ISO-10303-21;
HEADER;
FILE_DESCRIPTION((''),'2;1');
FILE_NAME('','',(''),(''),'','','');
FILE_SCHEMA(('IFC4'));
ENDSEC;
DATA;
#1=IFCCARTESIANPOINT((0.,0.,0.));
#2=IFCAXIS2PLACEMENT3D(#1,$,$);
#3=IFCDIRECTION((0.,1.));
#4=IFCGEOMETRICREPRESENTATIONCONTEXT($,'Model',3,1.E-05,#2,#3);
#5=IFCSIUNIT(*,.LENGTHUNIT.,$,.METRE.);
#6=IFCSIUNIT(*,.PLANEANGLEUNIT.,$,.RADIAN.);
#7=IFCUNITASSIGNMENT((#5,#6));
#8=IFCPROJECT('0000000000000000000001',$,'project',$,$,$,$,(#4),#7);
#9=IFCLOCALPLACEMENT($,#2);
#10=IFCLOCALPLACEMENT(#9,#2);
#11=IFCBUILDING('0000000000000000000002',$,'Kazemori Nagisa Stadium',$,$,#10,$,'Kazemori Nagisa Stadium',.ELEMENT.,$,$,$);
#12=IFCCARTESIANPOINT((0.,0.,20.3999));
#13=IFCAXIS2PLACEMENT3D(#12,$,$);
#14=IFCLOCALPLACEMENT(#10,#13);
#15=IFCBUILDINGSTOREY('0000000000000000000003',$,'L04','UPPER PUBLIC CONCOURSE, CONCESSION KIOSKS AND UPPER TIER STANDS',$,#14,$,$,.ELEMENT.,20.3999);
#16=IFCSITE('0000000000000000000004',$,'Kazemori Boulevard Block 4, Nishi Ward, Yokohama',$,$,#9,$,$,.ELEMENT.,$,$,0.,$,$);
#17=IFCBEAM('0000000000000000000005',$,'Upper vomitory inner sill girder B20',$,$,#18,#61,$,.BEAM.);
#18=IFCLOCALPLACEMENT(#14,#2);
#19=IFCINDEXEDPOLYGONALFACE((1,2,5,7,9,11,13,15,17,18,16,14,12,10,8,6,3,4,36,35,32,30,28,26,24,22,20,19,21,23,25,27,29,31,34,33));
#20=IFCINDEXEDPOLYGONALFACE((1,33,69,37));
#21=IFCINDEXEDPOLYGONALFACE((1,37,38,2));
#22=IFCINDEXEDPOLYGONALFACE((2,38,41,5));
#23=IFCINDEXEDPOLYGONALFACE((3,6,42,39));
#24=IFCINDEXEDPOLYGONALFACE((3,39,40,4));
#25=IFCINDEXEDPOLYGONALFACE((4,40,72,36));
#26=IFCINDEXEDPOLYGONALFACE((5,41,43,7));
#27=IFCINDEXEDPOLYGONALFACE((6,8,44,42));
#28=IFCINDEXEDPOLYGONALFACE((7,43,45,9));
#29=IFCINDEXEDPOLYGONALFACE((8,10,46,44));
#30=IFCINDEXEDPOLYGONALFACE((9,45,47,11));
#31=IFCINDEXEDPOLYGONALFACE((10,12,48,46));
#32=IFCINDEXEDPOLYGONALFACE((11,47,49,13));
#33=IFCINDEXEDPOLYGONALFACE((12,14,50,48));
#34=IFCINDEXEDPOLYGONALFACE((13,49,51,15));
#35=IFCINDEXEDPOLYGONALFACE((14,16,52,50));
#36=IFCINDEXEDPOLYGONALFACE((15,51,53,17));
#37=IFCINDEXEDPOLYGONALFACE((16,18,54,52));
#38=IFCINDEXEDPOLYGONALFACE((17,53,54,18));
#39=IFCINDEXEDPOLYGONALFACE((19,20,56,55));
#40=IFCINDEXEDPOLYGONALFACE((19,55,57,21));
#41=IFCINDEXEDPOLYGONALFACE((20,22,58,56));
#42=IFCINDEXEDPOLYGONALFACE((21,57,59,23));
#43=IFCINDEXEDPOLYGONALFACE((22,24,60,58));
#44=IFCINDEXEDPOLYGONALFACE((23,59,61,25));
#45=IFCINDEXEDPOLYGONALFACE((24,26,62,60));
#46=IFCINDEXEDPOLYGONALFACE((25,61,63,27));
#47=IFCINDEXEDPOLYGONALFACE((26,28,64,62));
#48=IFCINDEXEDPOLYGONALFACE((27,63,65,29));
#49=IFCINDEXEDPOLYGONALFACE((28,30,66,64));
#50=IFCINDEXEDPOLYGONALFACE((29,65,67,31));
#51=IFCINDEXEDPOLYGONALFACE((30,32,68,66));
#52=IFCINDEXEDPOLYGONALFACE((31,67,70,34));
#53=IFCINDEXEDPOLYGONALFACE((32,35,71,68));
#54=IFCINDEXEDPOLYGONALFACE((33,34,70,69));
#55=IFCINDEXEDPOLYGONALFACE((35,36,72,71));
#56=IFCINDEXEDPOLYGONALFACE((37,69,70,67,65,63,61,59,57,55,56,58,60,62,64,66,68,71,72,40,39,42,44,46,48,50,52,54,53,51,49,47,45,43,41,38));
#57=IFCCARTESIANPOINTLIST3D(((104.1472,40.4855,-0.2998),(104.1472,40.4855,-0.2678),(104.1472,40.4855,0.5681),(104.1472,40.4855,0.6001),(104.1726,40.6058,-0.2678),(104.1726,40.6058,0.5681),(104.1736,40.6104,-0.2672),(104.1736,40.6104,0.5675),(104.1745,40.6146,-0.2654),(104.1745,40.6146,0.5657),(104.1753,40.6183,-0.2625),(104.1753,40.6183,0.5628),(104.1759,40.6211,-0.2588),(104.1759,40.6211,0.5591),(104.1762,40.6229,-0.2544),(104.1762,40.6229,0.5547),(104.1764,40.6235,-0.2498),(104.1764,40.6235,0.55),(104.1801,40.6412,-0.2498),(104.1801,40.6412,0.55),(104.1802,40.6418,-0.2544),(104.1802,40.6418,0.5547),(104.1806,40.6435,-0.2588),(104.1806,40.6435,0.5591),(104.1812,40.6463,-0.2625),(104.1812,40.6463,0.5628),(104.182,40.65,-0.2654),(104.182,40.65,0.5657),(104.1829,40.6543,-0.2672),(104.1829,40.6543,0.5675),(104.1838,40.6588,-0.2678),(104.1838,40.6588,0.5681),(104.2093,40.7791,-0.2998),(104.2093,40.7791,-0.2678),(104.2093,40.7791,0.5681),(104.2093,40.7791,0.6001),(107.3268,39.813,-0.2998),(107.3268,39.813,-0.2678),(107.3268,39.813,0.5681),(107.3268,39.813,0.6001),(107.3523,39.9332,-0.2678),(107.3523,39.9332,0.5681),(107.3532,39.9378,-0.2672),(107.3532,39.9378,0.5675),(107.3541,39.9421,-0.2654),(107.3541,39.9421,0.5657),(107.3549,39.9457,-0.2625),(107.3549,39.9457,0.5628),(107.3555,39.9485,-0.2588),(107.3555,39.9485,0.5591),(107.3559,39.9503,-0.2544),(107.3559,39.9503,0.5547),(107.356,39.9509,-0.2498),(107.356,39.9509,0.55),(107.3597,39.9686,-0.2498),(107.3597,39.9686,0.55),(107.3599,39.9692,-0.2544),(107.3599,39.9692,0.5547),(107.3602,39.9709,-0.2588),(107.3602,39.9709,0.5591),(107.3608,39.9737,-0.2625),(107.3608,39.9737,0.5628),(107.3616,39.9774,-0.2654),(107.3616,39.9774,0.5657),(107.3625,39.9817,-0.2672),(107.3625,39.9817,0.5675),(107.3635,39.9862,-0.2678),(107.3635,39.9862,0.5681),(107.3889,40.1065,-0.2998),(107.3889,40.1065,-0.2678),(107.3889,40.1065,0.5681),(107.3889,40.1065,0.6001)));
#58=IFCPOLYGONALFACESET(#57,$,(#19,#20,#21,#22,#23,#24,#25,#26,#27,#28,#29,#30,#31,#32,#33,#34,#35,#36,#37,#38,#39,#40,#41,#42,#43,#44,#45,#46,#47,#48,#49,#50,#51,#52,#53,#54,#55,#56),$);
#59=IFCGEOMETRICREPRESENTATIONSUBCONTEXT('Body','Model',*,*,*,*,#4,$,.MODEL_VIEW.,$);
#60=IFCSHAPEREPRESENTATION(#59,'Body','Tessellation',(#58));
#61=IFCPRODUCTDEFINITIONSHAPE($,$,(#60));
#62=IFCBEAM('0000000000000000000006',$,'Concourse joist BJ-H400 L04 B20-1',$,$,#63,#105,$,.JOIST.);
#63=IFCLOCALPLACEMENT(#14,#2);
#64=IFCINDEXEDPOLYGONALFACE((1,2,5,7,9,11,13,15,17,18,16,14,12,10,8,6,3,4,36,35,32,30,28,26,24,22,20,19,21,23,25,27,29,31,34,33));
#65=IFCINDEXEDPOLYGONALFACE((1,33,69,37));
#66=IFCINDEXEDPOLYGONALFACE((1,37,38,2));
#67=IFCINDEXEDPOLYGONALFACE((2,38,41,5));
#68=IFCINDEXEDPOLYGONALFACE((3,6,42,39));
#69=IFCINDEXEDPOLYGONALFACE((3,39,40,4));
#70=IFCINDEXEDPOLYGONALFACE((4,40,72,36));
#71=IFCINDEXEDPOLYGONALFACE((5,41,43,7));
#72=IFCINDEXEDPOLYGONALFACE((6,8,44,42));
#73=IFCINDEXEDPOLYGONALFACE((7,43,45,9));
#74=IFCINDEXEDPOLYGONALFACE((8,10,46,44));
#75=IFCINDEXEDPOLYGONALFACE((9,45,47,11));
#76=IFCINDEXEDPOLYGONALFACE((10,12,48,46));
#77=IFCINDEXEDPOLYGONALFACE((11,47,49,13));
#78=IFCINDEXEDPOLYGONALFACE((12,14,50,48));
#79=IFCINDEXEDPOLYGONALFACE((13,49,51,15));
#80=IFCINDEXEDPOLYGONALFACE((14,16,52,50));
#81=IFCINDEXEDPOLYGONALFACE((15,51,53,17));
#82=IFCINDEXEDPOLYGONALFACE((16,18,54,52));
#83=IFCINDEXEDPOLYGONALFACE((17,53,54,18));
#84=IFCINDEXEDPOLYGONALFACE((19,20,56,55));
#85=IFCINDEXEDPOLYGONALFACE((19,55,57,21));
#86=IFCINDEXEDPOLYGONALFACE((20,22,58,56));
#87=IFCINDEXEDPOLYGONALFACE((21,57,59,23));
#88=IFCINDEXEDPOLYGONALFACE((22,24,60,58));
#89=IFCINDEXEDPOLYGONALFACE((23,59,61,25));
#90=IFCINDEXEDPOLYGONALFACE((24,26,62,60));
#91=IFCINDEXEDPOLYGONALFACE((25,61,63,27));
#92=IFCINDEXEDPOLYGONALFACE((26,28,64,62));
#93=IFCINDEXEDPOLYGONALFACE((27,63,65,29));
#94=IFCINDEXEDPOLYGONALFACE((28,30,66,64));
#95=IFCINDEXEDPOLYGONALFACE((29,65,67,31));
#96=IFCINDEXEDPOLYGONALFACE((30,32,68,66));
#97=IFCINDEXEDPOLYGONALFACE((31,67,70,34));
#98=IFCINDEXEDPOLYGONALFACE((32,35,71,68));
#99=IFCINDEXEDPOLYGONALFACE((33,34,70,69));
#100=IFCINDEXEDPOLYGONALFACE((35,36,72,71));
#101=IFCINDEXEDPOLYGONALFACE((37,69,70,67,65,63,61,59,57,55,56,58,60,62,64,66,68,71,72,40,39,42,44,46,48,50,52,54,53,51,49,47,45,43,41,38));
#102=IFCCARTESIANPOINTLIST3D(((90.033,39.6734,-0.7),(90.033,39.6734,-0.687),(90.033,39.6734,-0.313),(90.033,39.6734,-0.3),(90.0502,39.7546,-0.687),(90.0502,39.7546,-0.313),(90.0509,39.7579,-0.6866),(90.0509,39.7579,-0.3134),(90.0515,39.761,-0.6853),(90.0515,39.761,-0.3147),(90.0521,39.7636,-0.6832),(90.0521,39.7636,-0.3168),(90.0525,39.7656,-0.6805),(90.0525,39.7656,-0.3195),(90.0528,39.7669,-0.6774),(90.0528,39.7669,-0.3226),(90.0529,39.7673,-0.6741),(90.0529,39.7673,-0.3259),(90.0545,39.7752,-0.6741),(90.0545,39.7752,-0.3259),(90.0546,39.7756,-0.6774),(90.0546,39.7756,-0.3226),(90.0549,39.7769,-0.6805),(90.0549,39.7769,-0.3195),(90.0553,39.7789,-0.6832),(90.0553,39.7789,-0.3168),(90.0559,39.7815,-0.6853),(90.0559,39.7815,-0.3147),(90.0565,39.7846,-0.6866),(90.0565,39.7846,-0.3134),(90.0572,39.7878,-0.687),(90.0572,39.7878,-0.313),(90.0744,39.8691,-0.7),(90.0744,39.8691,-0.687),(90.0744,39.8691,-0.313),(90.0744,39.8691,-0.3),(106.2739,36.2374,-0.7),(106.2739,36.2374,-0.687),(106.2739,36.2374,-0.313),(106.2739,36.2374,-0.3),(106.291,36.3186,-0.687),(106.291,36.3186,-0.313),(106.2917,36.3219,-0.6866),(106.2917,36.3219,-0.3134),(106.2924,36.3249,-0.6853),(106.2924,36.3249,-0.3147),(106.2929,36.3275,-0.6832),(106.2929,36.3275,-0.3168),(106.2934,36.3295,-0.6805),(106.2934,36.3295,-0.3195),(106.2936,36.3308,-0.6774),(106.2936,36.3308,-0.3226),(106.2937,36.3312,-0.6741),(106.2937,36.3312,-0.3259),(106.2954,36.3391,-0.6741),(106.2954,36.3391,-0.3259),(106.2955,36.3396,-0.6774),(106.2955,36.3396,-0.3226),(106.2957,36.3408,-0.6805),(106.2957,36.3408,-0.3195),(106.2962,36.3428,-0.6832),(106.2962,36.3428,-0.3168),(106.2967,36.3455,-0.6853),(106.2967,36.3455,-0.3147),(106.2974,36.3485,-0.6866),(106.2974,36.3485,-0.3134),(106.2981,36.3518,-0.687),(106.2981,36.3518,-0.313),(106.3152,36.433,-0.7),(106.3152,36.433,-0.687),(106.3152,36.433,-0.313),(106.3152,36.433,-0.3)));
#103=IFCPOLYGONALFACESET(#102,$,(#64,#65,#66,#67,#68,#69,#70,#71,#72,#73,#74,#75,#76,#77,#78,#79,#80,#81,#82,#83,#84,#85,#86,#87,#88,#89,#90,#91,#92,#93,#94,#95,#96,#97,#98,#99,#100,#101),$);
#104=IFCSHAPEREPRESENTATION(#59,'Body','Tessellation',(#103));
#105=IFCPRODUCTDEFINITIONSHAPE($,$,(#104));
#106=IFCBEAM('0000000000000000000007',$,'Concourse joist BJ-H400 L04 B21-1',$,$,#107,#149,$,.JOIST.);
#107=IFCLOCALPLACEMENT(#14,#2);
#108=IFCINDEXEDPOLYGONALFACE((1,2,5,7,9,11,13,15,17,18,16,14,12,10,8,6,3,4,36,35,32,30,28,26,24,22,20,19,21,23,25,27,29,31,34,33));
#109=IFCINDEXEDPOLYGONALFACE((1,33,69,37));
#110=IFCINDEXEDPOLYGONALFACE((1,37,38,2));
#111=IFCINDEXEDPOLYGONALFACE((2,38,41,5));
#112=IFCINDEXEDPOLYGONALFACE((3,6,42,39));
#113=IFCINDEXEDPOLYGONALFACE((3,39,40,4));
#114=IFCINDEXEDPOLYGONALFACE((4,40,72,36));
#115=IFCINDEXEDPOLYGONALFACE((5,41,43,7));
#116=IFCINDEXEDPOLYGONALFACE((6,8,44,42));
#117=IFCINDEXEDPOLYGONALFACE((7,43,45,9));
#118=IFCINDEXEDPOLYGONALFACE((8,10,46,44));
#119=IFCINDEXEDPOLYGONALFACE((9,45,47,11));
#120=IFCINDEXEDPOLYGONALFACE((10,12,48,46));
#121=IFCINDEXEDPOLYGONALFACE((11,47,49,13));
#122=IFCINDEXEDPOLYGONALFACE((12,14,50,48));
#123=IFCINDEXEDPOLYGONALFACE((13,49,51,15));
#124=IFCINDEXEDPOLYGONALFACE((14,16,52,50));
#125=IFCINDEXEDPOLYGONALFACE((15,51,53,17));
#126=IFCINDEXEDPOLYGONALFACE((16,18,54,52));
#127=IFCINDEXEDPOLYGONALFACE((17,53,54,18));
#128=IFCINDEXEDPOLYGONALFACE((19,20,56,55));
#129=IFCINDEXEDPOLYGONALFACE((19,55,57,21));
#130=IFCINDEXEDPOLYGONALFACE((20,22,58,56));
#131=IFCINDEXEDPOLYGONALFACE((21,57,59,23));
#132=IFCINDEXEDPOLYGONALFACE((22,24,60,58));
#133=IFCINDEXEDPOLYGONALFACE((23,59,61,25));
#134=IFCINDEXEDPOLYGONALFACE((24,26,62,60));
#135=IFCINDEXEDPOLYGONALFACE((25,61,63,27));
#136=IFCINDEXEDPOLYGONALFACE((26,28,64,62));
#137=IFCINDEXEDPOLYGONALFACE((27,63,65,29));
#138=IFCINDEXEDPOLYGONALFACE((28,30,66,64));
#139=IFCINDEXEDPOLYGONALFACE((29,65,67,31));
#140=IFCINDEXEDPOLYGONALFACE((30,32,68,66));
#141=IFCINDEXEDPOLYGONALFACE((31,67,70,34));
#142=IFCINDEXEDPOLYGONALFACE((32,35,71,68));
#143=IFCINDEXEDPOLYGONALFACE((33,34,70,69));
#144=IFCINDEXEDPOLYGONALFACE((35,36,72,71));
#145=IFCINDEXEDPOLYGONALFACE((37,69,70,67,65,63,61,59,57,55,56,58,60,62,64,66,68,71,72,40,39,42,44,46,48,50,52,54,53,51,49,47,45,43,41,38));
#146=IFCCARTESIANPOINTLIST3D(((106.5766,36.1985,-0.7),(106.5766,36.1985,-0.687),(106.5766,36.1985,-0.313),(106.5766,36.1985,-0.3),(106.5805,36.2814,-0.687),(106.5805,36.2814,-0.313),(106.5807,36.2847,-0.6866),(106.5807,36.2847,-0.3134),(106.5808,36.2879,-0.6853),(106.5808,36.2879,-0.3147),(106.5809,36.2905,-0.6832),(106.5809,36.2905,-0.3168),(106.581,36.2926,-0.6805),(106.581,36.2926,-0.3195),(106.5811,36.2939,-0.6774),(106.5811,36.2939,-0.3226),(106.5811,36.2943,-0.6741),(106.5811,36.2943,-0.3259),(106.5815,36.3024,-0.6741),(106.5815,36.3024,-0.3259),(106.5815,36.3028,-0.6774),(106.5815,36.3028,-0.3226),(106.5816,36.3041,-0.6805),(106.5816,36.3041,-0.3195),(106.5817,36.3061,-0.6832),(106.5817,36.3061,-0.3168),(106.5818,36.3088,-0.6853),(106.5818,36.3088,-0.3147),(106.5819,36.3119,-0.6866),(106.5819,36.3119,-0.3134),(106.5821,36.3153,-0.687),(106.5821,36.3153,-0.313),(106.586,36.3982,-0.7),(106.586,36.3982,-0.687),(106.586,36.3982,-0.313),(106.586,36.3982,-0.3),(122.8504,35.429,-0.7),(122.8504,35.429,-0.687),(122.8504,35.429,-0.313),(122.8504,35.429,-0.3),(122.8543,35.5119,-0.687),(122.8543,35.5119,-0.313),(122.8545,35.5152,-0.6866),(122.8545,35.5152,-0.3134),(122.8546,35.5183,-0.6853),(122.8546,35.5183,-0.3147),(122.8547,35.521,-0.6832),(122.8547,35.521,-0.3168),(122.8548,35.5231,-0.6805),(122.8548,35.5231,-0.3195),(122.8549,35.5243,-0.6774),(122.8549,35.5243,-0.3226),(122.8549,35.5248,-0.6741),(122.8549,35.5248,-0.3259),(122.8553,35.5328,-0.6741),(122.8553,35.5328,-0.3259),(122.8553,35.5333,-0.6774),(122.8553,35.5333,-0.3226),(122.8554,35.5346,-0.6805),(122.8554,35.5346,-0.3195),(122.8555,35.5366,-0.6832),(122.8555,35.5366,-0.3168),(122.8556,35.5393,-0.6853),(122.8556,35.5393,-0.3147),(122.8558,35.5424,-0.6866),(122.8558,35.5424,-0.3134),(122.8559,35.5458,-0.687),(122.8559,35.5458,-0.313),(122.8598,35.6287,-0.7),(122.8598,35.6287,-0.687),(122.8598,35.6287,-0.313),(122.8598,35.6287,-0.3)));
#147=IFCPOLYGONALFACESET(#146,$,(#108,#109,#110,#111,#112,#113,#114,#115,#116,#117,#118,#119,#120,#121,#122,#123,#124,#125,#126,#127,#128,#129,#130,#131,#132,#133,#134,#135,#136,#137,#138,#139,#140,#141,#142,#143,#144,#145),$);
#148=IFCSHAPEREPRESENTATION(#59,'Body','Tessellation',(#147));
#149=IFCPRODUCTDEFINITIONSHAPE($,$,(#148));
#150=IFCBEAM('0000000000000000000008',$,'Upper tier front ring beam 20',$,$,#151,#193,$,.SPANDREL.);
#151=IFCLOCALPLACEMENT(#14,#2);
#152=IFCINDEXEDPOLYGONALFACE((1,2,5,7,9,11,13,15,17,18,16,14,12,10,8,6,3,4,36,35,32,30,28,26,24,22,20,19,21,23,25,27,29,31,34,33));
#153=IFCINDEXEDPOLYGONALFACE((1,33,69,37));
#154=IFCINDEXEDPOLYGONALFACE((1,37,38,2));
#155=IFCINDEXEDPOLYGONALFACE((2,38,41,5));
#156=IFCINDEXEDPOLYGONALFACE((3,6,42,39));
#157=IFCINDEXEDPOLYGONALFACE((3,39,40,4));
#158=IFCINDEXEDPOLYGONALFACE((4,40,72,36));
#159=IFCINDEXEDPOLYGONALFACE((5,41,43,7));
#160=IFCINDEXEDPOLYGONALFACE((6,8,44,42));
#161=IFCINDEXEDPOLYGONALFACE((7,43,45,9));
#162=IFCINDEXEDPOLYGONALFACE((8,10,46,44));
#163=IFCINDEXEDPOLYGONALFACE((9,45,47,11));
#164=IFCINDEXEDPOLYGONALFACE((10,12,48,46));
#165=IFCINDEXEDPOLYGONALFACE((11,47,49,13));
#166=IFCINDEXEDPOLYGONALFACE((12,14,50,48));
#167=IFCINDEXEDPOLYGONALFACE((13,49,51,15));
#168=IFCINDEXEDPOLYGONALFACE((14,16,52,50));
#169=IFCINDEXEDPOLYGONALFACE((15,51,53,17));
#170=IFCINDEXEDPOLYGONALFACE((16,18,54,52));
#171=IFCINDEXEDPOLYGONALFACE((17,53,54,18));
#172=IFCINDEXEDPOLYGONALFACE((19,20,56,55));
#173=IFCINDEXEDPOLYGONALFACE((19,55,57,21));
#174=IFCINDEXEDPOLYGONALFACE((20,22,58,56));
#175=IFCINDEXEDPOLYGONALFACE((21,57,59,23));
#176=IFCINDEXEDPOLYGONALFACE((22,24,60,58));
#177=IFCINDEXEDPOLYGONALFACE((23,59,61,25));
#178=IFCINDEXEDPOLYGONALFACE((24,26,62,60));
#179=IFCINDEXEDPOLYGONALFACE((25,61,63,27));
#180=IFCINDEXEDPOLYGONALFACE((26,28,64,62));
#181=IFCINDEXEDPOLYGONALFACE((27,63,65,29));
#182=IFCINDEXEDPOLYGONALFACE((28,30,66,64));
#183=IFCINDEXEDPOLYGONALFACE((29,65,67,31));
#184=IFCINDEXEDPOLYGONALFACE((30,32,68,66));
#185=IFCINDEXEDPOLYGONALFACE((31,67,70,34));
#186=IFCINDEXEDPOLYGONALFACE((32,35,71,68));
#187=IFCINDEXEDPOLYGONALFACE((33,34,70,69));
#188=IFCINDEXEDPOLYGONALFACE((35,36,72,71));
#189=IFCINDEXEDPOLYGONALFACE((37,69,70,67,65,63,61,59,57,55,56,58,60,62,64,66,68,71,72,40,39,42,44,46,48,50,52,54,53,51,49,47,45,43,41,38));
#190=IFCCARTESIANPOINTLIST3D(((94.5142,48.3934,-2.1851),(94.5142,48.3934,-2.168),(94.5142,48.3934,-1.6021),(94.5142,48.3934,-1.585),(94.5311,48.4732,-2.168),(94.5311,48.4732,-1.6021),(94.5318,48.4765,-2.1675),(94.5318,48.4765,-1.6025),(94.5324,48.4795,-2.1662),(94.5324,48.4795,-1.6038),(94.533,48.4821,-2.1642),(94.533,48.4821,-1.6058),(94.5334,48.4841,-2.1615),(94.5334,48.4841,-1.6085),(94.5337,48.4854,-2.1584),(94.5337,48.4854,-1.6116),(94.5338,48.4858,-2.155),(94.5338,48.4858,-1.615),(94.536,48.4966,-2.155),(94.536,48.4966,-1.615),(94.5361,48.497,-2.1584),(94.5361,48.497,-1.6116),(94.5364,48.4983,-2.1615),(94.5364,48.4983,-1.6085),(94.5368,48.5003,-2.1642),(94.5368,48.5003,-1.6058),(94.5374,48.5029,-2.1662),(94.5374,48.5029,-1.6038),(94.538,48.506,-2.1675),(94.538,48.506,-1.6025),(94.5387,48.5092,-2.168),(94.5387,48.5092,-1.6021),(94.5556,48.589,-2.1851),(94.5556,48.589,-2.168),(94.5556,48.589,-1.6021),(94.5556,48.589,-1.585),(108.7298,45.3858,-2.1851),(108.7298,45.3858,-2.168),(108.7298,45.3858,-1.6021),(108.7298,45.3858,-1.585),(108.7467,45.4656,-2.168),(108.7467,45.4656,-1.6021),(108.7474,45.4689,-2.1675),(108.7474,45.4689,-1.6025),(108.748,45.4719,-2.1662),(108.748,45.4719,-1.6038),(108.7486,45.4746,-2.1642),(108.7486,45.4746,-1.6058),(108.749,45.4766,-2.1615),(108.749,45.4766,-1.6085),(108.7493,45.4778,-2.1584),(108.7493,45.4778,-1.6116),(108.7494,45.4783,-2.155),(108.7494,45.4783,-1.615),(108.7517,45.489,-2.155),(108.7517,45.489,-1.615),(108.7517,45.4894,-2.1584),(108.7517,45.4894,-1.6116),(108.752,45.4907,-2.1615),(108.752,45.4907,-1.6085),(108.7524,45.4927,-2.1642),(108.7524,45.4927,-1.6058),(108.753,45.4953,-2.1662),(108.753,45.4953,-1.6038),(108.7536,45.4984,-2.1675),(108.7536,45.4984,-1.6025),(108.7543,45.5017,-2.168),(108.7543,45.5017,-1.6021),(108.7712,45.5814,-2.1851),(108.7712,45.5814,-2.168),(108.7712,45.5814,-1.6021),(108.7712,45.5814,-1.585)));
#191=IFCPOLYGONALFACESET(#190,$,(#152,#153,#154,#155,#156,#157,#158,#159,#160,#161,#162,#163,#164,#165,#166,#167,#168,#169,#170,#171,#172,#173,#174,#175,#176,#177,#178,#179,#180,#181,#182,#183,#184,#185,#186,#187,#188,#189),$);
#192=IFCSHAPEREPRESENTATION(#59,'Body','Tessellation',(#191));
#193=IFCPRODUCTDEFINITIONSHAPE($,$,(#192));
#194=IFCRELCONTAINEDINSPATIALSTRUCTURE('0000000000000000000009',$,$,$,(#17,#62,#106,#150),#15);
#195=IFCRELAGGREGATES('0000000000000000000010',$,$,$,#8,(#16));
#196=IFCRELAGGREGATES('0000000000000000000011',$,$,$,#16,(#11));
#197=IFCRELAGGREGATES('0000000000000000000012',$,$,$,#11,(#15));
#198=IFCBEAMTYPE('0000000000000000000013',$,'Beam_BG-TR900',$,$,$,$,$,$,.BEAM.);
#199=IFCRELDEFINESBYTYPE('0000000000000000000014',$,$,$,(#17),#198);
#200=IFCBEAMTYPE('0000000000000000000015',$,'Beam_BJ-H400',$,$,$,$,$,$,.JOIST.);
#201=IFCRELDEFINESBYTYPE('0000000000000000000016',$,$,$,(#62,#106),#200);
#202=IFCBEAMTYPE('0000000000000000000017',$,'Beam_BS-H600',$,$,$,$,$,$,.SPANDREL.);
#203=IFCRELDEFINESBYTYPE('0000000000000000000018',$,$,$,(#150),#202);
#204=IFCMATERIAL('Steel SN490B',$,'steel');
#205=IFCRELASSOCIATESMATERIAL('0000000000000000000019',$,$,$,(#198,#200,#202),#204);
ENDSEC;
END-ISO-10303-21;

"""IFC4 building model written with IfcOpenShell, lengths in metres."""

from ifc_helpers import new_model, si_unit, direction, frame, origin, origin_2d, place, context, subcontext, project, spatial, i_section, extrude, material, material_profile, profile_set, type_object, element, save


model = new_model("IFC4")

# Units and contexts
model_context = context("Model", 3, precision=1e-05, world=origin(), true_north=direction((0.0, 1.0)))
body_context = subcontext(model_context, "Body", "Model", "MODEL_VIEW")
ifc_project = project(units=[si_unit("LENGTHUNIT", "METRE"), si_unit("PLANEANGLEUNIT", "RADIAN")], contexts=[model_context])

# Site, building, storey
site_placement = place(None, origin())
site = spatial("IfcSite", under=ifc_project, at=site_placement, Name="Kazemori Boulevard Block 4, Nishi Ward, Yokohama", CompositionType="ELEMENT", RefElevation=0.0)
building_placement = place(site_placement, origin())
building = spatial("IfcBuilding", under=site, at=building_placement, Name="Kazemori Nagisa Stadium", LongName="Kazemori Nagisa Stadium", CompositionType="ELEMENT")
storey_placement = place(building_placement, frame((0.0, 0.0, 20.3999)))
storey = spatial("IfcBuildingStorey", under=building, at=storey_placement, Name="L04", Description="UPPER PUBLIC CONCOURSE, CONCESSION KIOSKS AND UPPER TIER STANDS", CompositionType="ELEMENT", Elevation=20.3999)

# Beams
ifc_material_1 = material(Name="Steel SN490B", Category="steel")
ifc_material_profile_1 = material_profile(ifc_material_1, i_section(OverallWidth=0.3, OverallDepth=0.8999, WebThickness=0.0181, FlangeThickness=0.032, FilletRadius=0.0181, at=origin_2d()), Name="H-900x300x18x32")
ifc_profile_set_1 = profile_set([ifc_material_profile_1], Name="Steel SN490B")
beam_type_1 = type_object("IfcBeamType", Name="Beam_BG-TR900", PredefinedType="BEAM", material=ifc_profile_set_1)
beam_1_placement = place(storey_placement, frame((104.1782, 40.6323, 0.1501), z_axis=(0.978351, -0.206953, 0.0), x_axis=(0.206953, 0.978351, 0.0)))
element("IfcBeam", 1, at=beam_1_placement, inside=storey, type_object=beam_type_1, Name="Upper vomitory inner sill girder B20", PredefinedType="BEAM", context=body_context, shape_type="SweptSolid", body=[
    extrude(i_section(OverallWidth=0.3, OverallDepth=0.8999, WebThickness=0.0181, FlangeThickness=0.032, FilletRadius=0.0181, at=origin_2d()), origin(), (0.0, 0.0, 1.0), 3.25),
])
ifc_material_profile_2 = material_profile(ifc_material_1, i_section(OverallWidth=0.2, OverallDepth=0.3999, WebThickness=0.0081, FlangeThickness=0.0129, FilletRadius=0.0129, at=origin_2d()), Name="H-400x200x8x13")
ifc_profile_set_2 = profile_set([ifc_material_profile_2], Name="Steel SN490B")
beam_type_2 = type_object("IfcBeamType", Name="Beam_BJ-H400", PredefinedType="JOIST", material=ifc_profile_set_2)
beam_2_placement = place(storey_placement, frame((90.0537, 39.7712, -0.5), z_axis=(0.978344, -0.206987, 0.0), x_axis=(0.206987, 0.978344, 0.0)))
element("IfcBeam", 2, at=beam_2_placement, inside=storey, type_object=beam_type_2, Name="Concourse joist BJ-H400 L04 B20-1", PredefinedType="JOIST", context=body_context, shape_type="SweptSolid", body=[
    extrude(i_section(OverallWidth=0.2, OverallDepth=0.3999, WebThickness=0.0081, FlangeThickness=0.0129, FilletRadius=0.0129, at=origin_2d()), origin(), (0.0, 0.0, 1.0), 16.6003),
])
beam_3_placement = place(storey_placement, frame((106.5813, 36.2983, -0.5), z_axis=(0.998884, -0.047233, 0.0), x_axis=(0.047233, 0.998884, 0.0)))
element("IfcBeam", 3, at=beam_3_placement, inside=storey, type_object=beam_type_2, Name="Concourse joist BJ-H400 L04 B21-1", PredefinedType="JOIST", context=body_context, shape_type="SweptSolid", body=[
    extrude(i_section(OverallWidth=0.2, OverallDepth=0.3999, WebThickness=0.0081, FlangeThickness=0.0129, FilletRadius=0.0129, at=origin_2d()), origin(), (0.0, 0.0, 1.0), 16.292),
])
ifc_material_profile_3 = material_profile(ifc_material_1, i_section(OverallWidth=0.2, OverallDepth=0.6001, WebThickness=0.011, FlangeThickness=0.0171, FilletRadius=0.0129, at=origin_2d()), Name="H-600x200x11x17")
ifc_profile_set_3 = profile_set([ifc_material_profile_3], Name="Steel SN490B")
beam_type_3 = type_object("IfcBeamType", Name="Beam_BS-H600", PredefinedType="SPANDREL", material=ifc_profile_set_3)
beam_4_placement = place(storey_placement, frame((94.5349, 48.4912, -1.885), z_axis=(0.978344, -0.206987, 0.0), x_axis=(0.206987, 0.978344, 0.0)))
element("IfcBeam", 4, at=beam_4_placement, inside=storey, type_object=beam_type_3, Name="Upper tier front ring beam 20", PredefinedType="SPANDREL", context=body_context, shape_type="SweptSolid", body=[
    extrude(i_section(OverallWidth=0.2, OverallDepth=0.6001, WebThickness=0.011, FlangeThickness=0.0171, FilletRadius=0.0129, at=origin_2d()), origin(), (0.0, 0.0, 1.0), 14.5303),
])

save(model, "model.ifc")
